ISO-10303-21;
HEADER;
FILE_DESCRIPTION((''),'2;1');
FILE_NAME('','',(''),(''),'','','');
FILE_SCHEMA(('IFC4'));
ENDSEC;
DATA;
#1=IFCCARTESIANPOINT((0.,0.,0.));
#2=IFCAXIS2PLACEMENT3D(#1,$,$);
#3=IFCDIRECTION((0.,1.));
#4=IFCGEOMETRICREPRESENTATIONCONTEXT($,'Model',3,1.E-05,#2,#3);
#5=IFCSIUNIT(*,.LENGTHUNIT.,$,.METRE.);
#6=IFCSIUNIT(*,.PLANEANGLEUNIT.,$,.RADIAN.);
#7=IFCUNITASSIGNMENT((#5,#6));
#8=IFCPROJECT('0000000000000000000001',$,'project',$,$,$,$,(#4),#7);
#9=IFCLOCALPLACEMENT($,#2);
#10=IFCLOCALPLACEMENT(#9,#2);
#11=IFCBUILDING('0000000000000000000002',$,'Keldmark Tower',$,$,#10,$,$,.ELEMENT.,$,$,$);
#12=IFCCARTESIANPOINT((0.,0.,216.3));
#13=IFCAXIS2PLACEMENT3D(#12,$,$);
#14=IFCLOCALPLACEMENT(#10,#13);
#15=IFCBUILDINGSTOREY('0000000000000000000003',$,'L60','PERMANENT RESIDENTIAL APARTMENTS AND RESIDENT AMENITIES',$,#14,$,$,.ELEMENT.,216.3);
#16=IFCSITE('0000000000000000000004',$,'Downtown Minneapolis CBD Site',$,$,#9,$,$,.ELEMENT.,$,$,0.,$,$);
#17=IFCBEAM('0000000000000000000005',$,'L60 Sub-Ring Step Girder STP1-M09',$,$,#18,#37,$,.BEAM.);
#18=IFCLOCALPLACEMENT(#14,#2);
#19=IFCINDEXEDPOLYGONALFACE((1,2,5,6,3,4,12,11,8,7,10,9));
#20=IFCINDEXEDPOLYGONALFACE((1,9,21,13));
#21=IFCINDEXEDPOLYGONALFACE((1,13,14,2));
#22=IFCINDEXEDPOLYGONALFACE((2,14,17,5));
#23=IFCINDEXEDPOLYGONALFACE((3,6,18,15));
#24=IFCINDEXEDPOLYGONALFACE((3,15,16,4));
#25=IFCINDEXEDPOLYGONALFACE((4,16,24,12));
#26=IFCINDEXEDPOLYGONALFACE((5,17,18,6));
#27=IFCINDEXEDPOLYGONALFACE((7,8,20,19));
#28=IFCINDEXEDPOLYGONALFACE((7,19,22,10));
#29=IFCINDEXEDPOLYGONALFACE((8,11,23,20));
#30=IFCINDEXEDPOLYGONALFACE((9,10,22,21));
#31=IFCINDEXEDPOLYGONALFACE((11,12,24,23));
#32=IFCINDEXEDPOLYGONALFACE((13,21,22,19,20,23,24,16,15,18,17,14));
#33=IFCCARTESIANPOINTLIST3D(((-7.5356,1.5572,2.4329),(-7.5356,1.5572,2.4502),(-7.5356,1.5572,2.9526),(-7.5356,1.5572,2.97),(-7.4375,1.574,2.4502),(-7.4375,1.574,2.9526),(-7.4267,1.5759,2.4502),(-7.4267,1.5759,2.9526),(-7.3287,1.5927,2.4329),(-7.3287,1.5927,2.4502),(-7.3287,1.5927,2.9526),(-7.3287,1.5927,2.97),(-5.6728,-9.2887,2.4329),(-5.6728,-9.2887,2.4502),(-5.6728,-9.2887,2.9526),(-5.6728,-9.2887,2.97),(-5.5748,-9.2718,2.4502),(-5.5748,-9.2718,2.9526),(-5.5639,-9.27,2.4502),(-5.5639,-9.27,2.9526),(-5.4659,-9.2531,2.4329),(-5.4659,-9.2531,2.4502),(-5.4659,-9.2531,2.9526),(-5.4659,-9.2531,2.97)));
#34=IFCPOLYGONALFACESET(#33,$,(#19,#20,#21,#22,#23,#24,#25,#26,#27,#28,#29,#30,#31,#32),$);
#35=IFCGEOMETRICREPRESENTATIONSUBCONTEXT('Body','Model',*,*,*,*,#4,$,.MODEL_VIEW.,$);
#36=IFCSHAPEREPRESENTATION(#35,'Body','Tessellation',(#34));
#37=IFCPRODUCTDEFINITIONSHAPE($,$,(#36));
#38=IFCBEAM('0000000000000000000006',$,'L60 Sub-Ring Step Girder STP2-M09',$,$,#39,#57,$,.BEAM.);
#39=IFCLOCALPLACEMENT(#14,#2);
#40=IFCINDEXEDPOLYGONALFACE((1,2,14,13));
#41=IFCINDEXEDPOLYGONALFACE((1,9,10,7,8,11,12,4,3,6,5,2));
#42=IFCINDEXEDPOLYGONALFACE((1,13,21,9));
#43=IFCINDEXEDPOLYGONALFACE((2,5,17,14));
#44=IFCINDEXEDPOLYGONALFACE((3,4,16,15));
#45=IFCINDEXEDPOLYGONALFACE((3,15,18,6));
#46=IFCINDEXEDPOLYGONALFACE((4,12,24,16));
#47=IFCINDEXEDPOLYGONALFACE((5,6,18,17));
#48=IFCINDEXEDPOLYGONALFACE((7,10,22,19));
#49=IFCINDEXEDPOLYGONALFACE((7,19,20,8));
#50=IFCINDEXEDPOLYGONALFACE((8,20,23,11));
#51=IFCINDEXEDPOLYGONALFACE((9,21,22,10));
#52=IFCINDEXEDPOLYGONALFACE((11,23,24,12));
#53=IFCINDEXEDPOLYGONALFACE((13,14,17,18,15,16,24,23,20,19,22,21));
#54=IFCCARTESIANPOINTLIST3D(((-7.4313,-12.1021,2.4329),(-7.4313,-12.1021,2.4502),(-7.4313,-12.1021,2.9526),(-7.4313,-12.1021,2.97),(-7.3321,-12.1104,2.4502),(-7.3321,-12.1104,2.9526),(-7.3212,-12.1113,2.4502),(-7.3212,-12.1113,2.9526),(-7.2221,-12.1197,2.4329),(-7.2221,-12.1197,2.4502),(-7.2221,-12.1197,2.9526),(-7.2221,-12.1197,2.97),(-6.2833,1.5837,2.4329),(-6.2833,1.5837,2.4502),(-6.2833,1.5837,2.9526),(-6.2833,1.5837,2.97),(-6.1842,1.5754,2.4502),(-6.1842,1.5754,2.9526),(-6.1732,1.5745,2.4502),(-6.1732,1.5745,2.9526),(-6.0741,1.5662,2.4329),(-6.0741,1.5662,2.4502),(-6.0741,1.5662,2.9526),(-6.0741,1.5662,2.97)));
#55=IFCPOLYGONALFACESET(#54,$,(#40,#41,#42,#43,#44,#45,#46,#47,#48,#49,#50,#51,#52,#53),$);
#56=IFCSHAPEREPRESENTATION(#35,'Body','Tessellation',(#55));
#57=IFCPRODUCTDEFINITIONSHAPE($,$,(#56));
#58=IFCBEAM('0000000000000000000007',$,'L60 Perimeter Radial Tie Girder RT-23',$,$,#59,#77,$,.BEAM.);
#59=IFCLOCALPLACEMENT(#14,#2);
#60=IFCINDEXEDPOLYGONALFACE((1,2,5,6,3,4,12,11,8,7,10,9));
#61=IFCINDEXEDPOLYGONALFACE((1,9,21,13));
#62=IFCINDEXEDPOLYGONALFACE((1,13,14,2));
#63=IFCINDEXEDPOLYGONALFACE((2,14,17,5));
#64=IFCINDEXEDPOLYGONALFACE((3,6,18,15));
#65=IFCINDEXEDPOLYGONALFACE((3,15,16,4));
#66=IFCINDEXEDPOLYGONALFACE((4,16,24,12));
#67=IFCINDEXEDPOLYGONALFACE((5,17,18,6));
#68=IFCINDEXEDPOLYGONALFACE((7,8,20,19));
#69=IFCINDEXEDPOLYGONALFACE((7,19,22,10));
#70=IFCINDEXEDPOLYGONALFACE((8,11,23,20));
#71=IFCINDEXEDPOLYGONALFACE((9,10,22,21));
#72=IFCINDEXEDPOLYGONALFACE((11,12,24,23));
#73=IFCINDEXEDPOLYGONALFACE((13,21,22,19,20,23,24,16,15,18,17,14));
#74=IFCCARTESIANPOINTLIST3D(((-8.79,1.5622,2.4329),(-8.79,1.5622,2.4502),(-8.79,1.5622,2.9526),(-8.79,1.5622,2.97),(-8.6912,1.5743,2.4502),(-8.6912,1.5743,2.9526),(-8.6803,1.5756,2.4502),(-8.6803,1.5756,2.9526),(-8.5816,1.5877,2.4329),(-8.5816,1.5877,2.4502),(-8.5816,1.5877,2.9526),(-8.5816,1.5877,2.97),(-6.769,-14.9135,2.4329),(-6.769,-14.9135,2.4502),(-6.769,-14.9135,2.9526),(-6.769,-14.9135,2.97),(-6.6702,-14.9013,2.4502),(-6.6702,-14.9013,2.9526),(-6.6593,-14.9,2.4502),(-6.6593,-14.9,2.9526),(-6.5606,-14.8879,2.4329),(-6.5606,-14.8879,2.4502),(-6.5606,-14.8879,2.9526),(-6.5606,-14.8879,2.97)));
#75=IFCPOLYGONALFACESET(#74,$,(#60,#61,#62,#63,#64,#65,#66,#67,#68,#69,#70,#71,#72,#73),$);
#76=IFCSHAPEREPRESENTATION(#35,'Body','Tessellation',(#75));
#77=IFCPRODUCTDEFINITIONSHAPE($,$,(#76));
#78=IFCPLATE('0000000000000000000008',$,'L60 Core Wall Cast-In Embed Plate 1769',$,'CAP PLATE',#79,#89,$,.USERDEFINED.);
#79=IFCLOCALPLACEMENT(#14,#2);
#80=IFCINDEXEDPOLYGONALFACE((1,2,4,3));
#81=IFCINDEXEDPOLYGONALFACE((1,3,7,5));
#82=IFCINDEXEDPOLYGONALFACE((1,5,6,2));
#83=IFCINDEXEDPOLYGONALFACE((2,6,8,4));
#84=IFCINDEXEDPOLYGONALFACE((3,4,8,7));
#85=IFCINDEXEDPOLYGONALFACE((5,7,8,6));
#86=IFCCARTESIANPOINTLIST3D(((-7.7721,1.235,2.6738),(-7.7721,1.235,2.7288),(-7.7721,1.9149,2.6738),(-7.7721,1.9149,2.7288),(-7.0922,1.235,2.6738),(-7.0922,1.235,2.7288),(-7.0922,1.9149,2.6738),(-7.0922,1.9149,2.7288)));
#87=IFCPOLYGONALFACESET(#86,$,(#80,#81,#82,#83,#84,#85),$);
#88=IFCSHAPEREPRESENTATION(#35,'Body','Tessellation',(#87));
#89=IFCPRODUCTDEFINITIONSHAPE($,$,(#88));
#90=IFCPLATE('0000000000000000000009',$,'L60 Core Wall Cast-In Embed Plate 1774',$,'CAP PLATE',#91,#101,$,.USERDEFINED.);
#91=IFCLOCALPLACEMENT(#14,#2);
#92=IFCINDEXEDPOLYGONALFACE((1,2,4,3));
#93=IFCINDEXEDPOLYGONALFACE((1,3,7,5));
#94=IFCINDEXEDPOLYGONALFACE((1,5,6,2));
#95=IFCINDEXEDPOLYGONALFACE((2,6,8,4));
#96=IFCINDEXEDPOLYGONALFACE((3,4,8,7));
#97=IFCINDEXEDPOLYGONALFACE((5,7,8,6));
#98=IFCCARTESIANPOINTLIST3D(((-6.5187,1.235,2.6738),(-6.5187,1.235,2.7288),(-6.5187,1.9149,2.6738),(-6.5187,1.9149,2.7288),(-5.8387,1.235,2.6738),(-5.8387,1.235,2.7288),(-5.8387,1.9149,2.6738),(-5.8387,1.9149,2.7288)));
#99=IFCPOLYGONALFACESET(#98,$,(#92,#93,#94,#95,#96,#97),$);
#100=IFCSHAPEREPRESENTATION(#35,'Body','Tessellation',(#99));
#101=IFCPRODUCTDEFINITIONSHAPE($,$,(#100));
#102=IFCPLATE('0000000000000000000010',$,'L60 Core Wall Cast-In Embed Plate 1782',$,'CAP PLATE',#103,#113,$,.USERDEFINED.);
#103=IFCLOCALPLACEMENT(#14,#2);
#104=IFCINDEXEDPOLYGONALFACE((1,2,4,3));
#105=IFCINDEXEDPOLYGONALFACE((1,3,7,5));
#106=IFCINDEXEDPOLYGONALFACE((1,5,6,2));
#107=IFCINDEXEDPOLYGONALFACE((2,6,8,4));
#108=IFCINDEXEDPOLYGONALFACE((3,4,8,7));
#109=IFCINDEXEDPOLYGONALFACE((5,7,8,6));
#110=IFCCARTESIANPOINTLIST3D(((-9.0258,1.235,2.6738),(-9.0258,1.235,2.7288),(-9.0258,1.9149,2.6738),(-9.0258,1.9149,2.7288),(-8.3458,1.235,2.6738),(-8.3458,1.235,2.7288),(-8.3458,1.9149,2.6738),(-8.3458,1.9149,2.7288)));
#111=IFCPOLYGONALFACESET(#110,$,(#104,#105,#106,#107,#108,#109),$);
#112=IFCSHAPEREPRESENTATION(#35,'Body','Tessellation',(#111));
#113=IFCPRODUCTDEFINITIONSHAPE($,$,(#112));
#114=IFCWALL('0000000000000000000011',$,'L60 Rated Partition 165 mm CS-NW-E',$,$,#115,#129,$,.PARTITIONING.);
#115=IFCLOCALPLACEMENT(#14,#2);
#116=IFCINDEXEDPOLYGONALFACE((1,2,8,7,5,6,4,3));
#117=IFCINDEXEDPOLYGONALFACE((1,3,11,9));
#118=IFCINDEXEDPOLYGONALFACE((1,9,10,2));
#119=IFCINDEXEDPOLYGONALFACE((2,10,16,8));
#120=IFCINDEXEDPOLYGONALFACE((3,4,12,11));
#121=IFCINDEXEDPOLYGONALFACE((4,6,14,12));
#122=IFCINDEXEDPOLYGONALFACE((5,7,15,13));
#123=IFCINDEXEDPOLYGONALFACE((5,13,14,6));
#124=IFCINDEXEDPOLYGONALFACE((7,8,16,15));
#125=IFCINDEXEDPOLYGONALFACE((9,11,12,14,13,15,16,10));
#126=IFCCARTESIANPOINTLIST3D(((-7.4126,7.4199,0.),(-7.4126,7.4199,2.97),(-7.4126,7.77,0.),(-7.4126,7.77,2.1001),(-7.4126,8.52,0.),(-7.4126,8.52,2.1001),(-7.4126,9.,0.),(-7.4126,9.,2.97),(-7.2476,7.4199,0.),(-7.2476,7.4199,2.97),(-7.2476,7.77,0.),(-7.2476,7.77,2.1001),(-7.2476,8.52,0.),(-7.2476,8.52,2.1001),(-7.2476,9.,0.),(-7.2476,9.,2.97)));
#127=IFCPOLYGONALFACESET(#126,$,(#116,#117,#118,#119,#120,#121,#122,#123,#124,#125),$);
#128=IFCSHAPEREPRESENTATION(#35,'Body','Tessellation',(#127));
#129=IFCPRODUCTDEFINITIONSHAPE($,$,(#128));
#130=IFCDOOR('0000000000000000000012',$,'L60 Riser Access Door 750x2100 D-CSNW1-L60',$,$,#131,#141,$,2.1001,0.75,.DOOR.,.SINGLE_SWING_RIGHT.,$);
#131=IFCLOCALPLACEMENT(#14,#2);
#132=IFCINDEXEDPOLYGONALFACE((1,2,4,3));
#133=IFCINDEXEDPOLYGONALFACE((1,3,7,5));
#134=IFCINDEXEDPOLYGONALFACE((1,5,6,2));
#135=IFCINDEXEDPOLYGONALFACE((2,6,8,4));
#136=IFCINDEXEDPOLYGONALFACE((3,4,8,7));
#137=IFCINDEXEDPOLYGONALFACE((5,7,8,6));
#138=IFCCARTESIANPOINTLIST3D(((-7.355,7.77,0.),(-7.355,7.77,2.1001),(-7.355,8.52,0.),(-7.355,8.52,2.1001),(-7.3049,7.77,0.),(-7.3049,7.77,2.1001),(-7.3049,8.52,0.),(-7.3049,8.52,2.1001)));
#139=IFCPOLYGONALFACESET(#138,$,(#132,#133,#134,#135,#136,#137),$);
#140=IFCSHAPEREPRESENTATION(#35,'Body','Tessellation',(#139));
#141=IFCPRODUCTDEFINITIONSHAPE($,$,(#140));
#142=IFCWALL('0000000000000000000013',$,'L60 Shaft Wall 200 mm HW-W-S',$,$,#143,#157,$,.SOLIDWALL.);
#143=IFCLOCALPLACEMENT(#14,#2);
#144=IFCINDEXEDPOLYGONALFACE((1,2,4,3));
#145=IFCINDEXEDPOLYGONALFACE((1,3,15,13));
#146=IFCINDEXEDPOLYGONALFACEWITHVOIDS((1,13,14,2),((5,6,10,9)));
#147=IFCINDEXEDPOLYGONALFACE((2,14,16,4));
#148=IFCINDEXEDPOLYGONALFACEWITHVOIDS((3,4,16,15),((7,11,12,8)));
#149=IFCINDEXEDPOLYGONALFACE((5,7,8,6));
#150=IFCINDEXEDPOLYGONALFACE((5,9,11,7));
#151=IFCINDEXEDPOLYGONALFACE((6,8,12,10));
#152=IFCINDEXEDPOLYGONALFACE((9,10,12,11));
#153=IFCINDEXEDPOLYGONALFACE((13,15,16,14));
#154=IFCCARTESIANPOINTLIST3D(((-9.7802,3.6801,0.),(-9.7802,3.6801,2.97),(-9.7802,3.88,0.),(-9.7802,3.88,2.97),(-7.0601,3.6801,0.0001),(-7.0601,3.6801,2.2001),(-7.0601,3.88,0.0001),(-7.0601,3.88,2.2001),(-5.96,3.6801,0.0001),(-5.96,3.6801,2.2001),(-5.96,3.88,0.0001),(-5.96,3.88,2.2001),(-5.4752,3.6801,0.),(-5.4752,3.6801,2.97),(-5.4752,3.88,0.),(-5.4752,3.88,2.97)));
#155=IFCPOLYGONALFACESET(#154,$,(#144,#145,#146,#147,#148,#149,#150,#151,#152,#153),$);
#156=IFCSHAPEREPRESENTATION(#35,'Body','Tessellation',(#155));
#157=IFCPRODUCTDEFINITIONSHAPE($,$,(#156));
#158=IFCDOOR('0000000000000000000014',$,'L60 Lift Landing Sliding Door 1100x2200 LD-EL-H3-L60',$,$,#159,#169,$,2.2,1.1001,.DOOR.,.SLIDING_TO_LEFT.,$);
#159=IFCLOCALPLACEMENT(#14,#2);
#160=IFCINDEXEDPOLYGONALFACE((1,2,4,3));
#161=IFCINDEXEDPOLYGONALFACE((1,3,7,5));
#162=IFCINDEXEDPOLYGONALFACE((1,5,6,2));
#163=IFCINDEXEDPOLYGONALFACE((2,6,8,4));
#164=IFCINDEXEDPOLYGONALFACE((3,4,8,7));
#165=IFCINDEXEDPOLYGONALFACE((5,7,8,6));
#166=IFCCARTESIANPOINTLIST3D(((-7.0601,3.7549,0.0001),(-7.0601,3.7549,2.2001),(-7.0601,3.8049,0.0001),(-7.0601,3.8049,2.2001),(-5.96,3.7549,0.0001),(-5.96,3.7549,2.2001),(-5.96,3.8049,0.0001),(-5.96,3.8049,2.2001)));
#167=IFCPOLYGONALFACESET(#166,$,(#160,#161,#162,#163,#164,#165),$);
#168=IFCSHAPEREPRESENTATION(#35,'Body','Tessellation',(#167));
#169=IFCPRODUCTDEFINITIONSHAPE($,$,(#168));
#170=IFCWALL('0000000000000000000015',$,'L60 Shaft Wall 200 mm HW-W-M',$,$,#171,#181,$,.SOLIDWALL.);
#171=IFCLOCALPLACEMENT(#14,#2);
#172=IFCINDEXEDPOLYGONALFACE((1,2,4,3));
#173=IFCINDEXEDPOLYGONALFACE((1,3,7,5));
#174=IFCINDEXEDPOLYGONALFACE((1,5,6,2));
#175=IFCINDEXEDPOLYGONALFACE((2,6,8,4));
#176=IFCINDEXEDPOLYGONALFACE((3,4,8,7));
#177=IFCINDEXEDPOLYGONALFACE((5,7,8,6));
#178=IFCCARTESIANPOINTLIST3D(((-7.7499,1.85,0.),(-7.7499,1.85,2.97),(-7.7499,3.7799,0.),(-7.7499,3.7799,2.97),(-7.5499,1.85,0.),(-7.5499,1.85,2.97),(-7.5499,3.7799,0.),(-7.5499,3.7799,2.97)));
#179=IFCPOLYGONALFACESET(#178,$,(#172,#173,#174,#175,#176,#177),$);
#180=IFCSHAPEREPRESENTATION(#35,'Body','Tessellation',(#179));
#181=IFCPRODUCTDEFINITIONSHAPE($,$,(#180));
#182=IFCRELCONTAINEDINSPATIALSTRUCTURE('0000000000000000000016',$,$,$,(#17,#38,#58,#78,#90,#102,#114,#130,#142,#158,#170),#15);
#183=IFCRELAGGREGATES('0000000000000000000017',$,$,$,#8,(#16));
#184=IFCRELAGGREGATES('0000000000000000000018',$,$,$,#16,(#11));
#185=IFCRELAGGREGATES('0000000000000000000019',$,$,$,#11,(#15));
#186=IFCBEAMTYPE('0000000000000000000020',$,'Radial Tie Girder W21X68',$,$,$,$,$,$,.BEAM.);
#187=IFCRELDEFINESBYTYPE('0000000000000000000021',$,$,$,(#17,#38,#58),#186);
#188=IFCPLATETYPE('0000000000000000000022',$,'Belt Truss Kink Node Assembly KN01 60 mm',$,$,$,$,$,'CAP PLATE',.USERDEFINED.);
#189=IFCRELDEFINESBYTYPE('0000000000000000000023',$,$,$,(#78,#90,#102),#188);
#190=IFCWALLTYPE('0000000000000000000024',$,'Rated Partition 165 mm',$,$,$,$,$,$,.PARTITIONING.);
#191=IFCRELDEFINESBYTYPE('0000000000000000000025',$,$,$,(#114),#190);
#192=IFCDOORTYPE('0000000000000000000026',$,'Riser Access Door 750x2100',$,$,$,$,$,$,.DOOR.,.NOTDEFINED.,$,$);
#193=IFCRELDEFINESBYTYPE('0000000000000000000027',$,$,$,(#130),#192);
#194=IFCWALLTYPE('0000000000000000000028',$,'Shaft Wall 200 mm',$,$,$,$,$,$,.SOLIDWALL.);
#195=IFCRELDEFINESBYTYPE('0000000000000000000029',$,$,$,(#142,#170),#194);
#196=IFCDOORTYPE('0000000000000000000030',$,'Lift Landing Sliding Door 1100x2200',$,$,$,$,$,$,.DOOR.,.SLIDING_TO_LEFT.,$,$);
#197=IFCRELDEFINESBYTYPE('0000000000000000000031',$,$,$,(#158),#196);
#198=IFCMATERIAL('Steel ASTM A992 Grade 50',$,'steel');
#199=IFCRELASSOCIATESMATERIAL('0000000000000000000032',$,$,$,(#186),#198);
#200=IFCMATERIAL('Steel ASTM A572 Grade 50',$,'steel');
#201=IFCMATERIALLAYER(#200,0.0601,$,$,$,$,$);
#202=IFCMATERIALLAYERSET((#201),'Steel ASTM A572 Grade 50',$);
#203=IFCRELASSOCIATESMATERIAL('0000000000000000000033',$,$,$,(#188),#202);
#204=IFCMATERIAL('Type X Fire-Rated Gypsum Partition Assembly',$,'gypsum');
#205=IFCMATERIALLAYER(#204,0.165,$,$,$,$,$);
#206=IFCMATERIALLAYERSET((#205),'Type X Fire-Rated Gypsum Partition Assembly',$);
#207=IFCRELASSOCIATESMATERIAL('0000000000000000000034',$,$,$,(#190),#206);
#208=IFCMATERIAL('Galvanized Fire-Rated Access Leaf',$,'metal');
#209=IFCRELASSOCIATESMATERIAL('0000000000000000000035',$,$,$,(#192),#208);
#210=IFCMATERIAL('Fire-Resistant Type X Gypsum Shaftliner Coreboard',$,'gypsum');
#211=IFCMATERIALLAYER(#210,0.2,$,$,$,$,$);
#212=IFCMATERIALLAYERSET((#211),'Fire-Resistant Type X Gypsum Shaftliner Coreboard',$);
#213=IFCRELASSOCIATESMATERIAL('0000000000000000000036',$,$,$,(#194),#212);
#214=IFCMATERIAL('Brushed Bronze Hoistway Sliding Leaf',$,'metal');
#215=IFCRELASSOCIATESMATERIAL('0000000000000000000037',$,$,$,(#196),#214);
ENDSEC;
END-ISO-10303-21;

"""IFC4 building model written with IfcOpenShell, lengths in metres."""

from ifc_helpers import new_model, si_unit, direction, frame, frame_2d, origin, origin_2d, place, context, subcontext, project, spatial, rectangle, i_section, extrude, material, layer, layer_set, material_profile, profile_set, type_object, element, fill, save


model = new_model("IFC4")

# Units and contexts
model_context = context("Model", 3, precision=1e-05, world=origin(), true_north=direction((0.0, 1.0)))
body_context = subcontext(model_context, "Body", "Model", "MODEL_VIEW")
ifc_project = project(units=[si_unit("LENGTHUNIT", "METRE"), si_unit("PLANEANGLEUNIT", "RADIAN")], contexts=[model_context])

# Site, building, storey
site_placement = place(None, origin())
site = spatial("IfcSite", under=ifc_project, at=site_placement, Name="Downtown Minneapolis CBD Site", CompositionType="ELEMENT", RefElevation=0.0)
building_placement = place(site_placement, origin())
building = spatial("IfcBuilding", under=site, at=building_placement, Name="Keldmark Tower", CompositionType="ELEMENT")
storey_placement = place(building_placement, frame((0.0, 0.0, 216.3)))
storey = spatial("IfcBuildingStorey", under=building, at=storey_placement, Name="L60", Description="PERMANENT RESIDENTIAL APARTMENTS AND RESIDENT AMENITIES", CompositionType="ELEMENT", Elevation=216.3)

# Beams
ifc_material_1 = material(Name="Steel ASTM A992 Grade 50", Category="steel")
ifc_material_profile = material_profile(ifc_material_1, i_section(OverallWidth=0.21, OverallDepth=0.5371, WebThickness=0.011, FlangeThickness=0.0173, at=origin_2d()), Name="W21X68")
ifc_profile_set = profile_set([ifc_material_profile], Name="Steel ASTM A992 Grade 50")
beam_type = type_object("IfcBeamType", Name="Radial Tie Girder W21X68", PredefinedType="BEAM", material=ifc_profile_set)
beam_1_placement = place(storey_placement, frame((-7.4321, 1.575, 2.7014), z_axis=(0.169272, -0.985569, 0.0), x_axis=(0.985569, 0.169272, 0.0)))
element("IfcBeam", 1, at=beam_1_placement, inside=storey, type_object=beam_type, Name="L60 Sub-Ring Step Girder STP1-M09", PredefinedType="BEAM", context=body_context, shape_type="SweptSolid", body=[
    extrude(i_section(OverallWidth=0.21, OverallDepth=0.5371, WebThickness=0.011, FlangeThickness=0.0173, at=origin_2d()), origin(), (0.0, 0.0, 1.0), 11.0046),
])
beam_2_placement = place(storey_placement, frame((-6.1787, 1.575, 2.7014), z_axis=(-0.083585, -0.996501, 0.0), x_axis=(0.996501, -0.083585, 0.0)))
element("IfcBeam", 2, at=beam_2_placement, inside=storey, type_object=beam_type, Name="L60 Sub-Ring Step Girder STP2-M09", PredefinedType="BEAM", context=body_context, shape_type="SweptSolid", body=[
    extrude(i_section(OverallWidth=0.21, OverallDepth=0.5371, WebThickness=0.011, FlangeThickness=0.0173, at=origin_2d()), origin(), (0.0, 0.0, 1.0), 13.7339),
])
beam_3_placement = place(storey_placement, frame((-8.6858, 1.575, 2.7014), z_axis=(0.121754, -0.99256, 0.0), x_axis=(0.99256, 0.121754, 0.0)))
element("IfcBeam", 3, at=beam_3_placement, inside=storey, type_object=beam_type, Name="L60 Perimeter Radial Tie Girder RT-23", PredefinedType="BEAM", context=body_context, shape_type="SweptSolid", body=[
    extrude(i_section(OverallWidth=0.21, OverallDepth=0.5371, WebThickness=0.011, FlangeThickness=0.0173, at=origin_2d()), origin(), (0.0, 0.0, 1.0), 16.5991),
])

# Plates
ifc_material_2 = material(Name="Steel ASTM A572 Grade 50", Category="steel")
ifc_layer_1 = layer(ifc_material_2, 0.0601)
ifc_layer_set_1 = layer_set([ifc_layer_1], Name="Steel ASTM A572 Grade 50")
plate_type = type_object("IfcPlateType", Name="Belt Truss Kink Node Assembly KN01 60 mm", ElementType="CAP PLATE", PredefinedType="USERDEFINED", material=ifc_layer_set_1)
for number, where, z_axis, x_axis, name in (
    (4, (-7.4321, 1.575, 2.6738), (0.0, 0.0, 1.0), (1.0, 0.0, 0.0), "L60 Core Wall Cast-In Embed Plate 1769"),
    (5, (-6.1787, 1.575, 2.6738), (0.0, 0.0, 1.0), (1.0, 0.0, 0.0), "L60 Core Wall Cast-In Embed Plate 1774"),
    (6, (-8.6858, 1.575, 2.6738), (0.0, 0.0, 1.0), (1.0, 0.0, 0.0), "L60 Core Wall Cast-In Embed Plate 1782"),
):
    element("IfcPlate", number, at=place(storey_placement, frame(where, z_axis=z_axis, x_axis=x_axis)), inside=storey, type_object=plate_type, Name=name, ObjectType="CAP PLATE", PredefinedType="USERDEFINED", context=body_context, shape_type="SweptSolid", body=[
        extrude(rectangle(XDim=0.6799, YDim=0.6799, at=origin_2d()), origin(), (0.0, 0.0, 1.0), 0.0549),
    ])

# Walls, openings, doors
ifc_material_3 = material(Name="Type X Fire-Rated Gypsum Partition Assembly", Category="gypsum")
ifc_layer_2 = layer(ifc_material_3, 0.165)
ifc_layer_set_2 = layer_set([ifc_layer_2], Name="Type X Fire-Rated Gypsum Partition Assembly")
wall_type_1 = type_object("IfcWallType", Name="Rated Partition 165 mm", PredefinedType="PARTITIONING", material=ifc_layer_set_2)
wall_1_placement = place(storey_placement, frame((-7.3301, 7.4199, 0.0), z_axis=(0.0, 0.0, 1.0), x_axis=(0.0, 1.0, 0.0)))
wall_1 = element("IfcWall", 7, at=wall_1_placement, inside=storey, type_object=wall_type_1, Name="L60 Rated Partition 165 mm CS-NW-E", PredefinedType="PARTITIONING", context=body_context, shape_type="SweptSolid", body=[
    extrude(rectangle(XDim=1.5801, YDim=0.165, at=frame_2d((0.79, 0.0))), origin(), (0.0, 0.0, 1.0), 2.97),
])
opening_1_placement = place(wall_1_placement, frame((0.3501, 0.0, 0.0)))
opening_1 = element("IfcOpeningElement", 8, at=opening_1_placement, cuts=wall_1, PredefinedType="OPENING", context=body_context, shape_type="SweptSolid", body=[
    extrude(rectangle(XDim=0.75, YDim=2.1001, at=frame_2d((0.375, 1.05))), frame((0.0, 0.0925, 0.0), z_axis=(0.0, -1.0, 0.0), x_axis=(1.0, 0.0, 0.0)), (0.0, 0.0, 1.0), 0.1851),
])
ifc_material_4 = material(Name="Galvanized Fire-Rated Access Leaf", Category="metal")
door_type_1 = type_object("IfcDoorType", Name="Riser Access Door 750x2100", OperationType="NOTDEFINED", PredefinedType="DOOR", material=ifc_material_4)
door_1_placement = place(opening_1_placement, origin())
door_1 = element("IfcDoor", 9, at=door_1_placement, inside=storey, type_object=door_type_1, Name="L60 Riser Access Door 750x2100 D-CSNW1-L60", OperationType="SINGLE_SWING_RIGHT", OverallHeight=2.1001, OverallWidth=0.75, PredefinedType="DOOR", context=body_context, shape_type="SweptSolid", body=[
    extrude(rectangle(XDim=0.75, YDim=2.1001, at=frame_2d((0.375, 1.05))), frame((0.0, 0.0249, 0.0), z_axis=(0.0, -1.0, 0.0), x_axis=(1.0, 0.0, 0.0)), (0.0, 0.0, 1.0), 0.05),
])
fill(opening_1, door_1)
ifc_material_5 = material(Name="Fire-Resistant Type X Gypsum Shaftliner Coreboard", Category="gypsum")
ifc_layer_3 = layer(ifc_material_5, 0.2)
ifc_layer_set_3 = layer_set([ifc_layer_3], Name="Fire-Resistant Type X Gypsum Shaftliner Coreboard")
wall_type_2 = type_object("IfcWallType", Name="Shaft Wall 200 mm", PredefinedType="SOLIDWALL", material=ifc_layer_set_3)
wall_2_placement = place(storey_placement, frame((-9.78, 3.78, 0.0), z_axis=(0.0, 0.0, 1.0), x_axis=(1.0, 0.0, 0.0)))
wall_2 = element("IfcWall", 10, at=wall_2_placement, inside=storey, type_object=wall_type_2, Name="L60 Shaft Wall 200 mm HW-W-S", PredefinedType="SOLIDWALL", context=body_context, shape_type="SweptSolid", body=[
    extrude(rectangle(XDim=4.3049, YDim=0.2, at=frame_2d((2.1523, 0.0))), origin(), (0.0, 0.0, 1.0), 2.97),
])
opening_2_placement = place(wall_2_placement, frame((2.72, 0.0, 0.0)))
opening_2 = element("IfcOpeningElement", 11, at=opening_2_placement, cuts=wall_2, PredefinedType="OPENING", context=body_context, shape_type="SweptSolid", body=[
    extrude(rectangle(XDim=1.1001, YDim=2.2, at=frame_2d((0.55, 1.1001))), frame((0.0, 0.1099, 0.0), z_axis=(0.0, -1.0, 0.0), x_axis=(1.0, 0.0, 0.0)), (0.0, 0.0, 1.0), 0.22),
])
ifc_material_6 = material(Name="Brushed Bronze Hoistway Sliding Leaf", Category="metal")
door_type_2 = type_object("IfcDoorType", Name="Lift Landing Sliding Door 1100x2200", OperationType="SLIDING_TO_LEFT", PredefinedType="DOOR", material=ifc_material_6)
door_2_placement = place(opening_2_placement, origin())
door_2 = element("IfcDoor", 12, at=door_2_placement, inside=storey, type_object=door_type_2, Name="L60 Lift Landing Sliding Door 1100x2200 LD-EL-H3-L60", OperationType="SLIDING_TO_LEFT", OverallHeight=2.2, OverallWidth=1.1001, PredefinedType="DOOR", context=body_context, shape_type="SweptSolid", body=[
    extrude(rectangle(XDim=1.1001, YDim=2.2, at=frame_2d((0.55, 1.1001))), frame((0.0, 0.0249, 0.0), z_axis=(0.0, -1.0, 0.0), x_axis=(1.0, 0.0, 0.0)), (0.0, 0.0, 1.0), 0.05),
])
fill(opening_2, door_2)

# Wall
wall_3_placement = place(storey_placement, frame((-7.6499, 1.8501, 0.0), z_axis=(0.0, 0.0, 1.0), x_axis=(0.0, 1.0, 0.0)))
element("IfcWall", 13, at=wall_3_placement, inside=storey, type_object=wall_type_2, Name="L60 Shaft Wall 200 mm HW-W-M", PredefinedType="SOLIDWALL", context=body_context, shape_type="SweptSolid", body=[
    extrude(rectangle(XDim=1.9299, YDim=0.2, at=frame_2d((0.9648, 0.0))), origin(), (0.0, 0.0, 1.0), 2.97),
])

save(model, "model.ifc")
